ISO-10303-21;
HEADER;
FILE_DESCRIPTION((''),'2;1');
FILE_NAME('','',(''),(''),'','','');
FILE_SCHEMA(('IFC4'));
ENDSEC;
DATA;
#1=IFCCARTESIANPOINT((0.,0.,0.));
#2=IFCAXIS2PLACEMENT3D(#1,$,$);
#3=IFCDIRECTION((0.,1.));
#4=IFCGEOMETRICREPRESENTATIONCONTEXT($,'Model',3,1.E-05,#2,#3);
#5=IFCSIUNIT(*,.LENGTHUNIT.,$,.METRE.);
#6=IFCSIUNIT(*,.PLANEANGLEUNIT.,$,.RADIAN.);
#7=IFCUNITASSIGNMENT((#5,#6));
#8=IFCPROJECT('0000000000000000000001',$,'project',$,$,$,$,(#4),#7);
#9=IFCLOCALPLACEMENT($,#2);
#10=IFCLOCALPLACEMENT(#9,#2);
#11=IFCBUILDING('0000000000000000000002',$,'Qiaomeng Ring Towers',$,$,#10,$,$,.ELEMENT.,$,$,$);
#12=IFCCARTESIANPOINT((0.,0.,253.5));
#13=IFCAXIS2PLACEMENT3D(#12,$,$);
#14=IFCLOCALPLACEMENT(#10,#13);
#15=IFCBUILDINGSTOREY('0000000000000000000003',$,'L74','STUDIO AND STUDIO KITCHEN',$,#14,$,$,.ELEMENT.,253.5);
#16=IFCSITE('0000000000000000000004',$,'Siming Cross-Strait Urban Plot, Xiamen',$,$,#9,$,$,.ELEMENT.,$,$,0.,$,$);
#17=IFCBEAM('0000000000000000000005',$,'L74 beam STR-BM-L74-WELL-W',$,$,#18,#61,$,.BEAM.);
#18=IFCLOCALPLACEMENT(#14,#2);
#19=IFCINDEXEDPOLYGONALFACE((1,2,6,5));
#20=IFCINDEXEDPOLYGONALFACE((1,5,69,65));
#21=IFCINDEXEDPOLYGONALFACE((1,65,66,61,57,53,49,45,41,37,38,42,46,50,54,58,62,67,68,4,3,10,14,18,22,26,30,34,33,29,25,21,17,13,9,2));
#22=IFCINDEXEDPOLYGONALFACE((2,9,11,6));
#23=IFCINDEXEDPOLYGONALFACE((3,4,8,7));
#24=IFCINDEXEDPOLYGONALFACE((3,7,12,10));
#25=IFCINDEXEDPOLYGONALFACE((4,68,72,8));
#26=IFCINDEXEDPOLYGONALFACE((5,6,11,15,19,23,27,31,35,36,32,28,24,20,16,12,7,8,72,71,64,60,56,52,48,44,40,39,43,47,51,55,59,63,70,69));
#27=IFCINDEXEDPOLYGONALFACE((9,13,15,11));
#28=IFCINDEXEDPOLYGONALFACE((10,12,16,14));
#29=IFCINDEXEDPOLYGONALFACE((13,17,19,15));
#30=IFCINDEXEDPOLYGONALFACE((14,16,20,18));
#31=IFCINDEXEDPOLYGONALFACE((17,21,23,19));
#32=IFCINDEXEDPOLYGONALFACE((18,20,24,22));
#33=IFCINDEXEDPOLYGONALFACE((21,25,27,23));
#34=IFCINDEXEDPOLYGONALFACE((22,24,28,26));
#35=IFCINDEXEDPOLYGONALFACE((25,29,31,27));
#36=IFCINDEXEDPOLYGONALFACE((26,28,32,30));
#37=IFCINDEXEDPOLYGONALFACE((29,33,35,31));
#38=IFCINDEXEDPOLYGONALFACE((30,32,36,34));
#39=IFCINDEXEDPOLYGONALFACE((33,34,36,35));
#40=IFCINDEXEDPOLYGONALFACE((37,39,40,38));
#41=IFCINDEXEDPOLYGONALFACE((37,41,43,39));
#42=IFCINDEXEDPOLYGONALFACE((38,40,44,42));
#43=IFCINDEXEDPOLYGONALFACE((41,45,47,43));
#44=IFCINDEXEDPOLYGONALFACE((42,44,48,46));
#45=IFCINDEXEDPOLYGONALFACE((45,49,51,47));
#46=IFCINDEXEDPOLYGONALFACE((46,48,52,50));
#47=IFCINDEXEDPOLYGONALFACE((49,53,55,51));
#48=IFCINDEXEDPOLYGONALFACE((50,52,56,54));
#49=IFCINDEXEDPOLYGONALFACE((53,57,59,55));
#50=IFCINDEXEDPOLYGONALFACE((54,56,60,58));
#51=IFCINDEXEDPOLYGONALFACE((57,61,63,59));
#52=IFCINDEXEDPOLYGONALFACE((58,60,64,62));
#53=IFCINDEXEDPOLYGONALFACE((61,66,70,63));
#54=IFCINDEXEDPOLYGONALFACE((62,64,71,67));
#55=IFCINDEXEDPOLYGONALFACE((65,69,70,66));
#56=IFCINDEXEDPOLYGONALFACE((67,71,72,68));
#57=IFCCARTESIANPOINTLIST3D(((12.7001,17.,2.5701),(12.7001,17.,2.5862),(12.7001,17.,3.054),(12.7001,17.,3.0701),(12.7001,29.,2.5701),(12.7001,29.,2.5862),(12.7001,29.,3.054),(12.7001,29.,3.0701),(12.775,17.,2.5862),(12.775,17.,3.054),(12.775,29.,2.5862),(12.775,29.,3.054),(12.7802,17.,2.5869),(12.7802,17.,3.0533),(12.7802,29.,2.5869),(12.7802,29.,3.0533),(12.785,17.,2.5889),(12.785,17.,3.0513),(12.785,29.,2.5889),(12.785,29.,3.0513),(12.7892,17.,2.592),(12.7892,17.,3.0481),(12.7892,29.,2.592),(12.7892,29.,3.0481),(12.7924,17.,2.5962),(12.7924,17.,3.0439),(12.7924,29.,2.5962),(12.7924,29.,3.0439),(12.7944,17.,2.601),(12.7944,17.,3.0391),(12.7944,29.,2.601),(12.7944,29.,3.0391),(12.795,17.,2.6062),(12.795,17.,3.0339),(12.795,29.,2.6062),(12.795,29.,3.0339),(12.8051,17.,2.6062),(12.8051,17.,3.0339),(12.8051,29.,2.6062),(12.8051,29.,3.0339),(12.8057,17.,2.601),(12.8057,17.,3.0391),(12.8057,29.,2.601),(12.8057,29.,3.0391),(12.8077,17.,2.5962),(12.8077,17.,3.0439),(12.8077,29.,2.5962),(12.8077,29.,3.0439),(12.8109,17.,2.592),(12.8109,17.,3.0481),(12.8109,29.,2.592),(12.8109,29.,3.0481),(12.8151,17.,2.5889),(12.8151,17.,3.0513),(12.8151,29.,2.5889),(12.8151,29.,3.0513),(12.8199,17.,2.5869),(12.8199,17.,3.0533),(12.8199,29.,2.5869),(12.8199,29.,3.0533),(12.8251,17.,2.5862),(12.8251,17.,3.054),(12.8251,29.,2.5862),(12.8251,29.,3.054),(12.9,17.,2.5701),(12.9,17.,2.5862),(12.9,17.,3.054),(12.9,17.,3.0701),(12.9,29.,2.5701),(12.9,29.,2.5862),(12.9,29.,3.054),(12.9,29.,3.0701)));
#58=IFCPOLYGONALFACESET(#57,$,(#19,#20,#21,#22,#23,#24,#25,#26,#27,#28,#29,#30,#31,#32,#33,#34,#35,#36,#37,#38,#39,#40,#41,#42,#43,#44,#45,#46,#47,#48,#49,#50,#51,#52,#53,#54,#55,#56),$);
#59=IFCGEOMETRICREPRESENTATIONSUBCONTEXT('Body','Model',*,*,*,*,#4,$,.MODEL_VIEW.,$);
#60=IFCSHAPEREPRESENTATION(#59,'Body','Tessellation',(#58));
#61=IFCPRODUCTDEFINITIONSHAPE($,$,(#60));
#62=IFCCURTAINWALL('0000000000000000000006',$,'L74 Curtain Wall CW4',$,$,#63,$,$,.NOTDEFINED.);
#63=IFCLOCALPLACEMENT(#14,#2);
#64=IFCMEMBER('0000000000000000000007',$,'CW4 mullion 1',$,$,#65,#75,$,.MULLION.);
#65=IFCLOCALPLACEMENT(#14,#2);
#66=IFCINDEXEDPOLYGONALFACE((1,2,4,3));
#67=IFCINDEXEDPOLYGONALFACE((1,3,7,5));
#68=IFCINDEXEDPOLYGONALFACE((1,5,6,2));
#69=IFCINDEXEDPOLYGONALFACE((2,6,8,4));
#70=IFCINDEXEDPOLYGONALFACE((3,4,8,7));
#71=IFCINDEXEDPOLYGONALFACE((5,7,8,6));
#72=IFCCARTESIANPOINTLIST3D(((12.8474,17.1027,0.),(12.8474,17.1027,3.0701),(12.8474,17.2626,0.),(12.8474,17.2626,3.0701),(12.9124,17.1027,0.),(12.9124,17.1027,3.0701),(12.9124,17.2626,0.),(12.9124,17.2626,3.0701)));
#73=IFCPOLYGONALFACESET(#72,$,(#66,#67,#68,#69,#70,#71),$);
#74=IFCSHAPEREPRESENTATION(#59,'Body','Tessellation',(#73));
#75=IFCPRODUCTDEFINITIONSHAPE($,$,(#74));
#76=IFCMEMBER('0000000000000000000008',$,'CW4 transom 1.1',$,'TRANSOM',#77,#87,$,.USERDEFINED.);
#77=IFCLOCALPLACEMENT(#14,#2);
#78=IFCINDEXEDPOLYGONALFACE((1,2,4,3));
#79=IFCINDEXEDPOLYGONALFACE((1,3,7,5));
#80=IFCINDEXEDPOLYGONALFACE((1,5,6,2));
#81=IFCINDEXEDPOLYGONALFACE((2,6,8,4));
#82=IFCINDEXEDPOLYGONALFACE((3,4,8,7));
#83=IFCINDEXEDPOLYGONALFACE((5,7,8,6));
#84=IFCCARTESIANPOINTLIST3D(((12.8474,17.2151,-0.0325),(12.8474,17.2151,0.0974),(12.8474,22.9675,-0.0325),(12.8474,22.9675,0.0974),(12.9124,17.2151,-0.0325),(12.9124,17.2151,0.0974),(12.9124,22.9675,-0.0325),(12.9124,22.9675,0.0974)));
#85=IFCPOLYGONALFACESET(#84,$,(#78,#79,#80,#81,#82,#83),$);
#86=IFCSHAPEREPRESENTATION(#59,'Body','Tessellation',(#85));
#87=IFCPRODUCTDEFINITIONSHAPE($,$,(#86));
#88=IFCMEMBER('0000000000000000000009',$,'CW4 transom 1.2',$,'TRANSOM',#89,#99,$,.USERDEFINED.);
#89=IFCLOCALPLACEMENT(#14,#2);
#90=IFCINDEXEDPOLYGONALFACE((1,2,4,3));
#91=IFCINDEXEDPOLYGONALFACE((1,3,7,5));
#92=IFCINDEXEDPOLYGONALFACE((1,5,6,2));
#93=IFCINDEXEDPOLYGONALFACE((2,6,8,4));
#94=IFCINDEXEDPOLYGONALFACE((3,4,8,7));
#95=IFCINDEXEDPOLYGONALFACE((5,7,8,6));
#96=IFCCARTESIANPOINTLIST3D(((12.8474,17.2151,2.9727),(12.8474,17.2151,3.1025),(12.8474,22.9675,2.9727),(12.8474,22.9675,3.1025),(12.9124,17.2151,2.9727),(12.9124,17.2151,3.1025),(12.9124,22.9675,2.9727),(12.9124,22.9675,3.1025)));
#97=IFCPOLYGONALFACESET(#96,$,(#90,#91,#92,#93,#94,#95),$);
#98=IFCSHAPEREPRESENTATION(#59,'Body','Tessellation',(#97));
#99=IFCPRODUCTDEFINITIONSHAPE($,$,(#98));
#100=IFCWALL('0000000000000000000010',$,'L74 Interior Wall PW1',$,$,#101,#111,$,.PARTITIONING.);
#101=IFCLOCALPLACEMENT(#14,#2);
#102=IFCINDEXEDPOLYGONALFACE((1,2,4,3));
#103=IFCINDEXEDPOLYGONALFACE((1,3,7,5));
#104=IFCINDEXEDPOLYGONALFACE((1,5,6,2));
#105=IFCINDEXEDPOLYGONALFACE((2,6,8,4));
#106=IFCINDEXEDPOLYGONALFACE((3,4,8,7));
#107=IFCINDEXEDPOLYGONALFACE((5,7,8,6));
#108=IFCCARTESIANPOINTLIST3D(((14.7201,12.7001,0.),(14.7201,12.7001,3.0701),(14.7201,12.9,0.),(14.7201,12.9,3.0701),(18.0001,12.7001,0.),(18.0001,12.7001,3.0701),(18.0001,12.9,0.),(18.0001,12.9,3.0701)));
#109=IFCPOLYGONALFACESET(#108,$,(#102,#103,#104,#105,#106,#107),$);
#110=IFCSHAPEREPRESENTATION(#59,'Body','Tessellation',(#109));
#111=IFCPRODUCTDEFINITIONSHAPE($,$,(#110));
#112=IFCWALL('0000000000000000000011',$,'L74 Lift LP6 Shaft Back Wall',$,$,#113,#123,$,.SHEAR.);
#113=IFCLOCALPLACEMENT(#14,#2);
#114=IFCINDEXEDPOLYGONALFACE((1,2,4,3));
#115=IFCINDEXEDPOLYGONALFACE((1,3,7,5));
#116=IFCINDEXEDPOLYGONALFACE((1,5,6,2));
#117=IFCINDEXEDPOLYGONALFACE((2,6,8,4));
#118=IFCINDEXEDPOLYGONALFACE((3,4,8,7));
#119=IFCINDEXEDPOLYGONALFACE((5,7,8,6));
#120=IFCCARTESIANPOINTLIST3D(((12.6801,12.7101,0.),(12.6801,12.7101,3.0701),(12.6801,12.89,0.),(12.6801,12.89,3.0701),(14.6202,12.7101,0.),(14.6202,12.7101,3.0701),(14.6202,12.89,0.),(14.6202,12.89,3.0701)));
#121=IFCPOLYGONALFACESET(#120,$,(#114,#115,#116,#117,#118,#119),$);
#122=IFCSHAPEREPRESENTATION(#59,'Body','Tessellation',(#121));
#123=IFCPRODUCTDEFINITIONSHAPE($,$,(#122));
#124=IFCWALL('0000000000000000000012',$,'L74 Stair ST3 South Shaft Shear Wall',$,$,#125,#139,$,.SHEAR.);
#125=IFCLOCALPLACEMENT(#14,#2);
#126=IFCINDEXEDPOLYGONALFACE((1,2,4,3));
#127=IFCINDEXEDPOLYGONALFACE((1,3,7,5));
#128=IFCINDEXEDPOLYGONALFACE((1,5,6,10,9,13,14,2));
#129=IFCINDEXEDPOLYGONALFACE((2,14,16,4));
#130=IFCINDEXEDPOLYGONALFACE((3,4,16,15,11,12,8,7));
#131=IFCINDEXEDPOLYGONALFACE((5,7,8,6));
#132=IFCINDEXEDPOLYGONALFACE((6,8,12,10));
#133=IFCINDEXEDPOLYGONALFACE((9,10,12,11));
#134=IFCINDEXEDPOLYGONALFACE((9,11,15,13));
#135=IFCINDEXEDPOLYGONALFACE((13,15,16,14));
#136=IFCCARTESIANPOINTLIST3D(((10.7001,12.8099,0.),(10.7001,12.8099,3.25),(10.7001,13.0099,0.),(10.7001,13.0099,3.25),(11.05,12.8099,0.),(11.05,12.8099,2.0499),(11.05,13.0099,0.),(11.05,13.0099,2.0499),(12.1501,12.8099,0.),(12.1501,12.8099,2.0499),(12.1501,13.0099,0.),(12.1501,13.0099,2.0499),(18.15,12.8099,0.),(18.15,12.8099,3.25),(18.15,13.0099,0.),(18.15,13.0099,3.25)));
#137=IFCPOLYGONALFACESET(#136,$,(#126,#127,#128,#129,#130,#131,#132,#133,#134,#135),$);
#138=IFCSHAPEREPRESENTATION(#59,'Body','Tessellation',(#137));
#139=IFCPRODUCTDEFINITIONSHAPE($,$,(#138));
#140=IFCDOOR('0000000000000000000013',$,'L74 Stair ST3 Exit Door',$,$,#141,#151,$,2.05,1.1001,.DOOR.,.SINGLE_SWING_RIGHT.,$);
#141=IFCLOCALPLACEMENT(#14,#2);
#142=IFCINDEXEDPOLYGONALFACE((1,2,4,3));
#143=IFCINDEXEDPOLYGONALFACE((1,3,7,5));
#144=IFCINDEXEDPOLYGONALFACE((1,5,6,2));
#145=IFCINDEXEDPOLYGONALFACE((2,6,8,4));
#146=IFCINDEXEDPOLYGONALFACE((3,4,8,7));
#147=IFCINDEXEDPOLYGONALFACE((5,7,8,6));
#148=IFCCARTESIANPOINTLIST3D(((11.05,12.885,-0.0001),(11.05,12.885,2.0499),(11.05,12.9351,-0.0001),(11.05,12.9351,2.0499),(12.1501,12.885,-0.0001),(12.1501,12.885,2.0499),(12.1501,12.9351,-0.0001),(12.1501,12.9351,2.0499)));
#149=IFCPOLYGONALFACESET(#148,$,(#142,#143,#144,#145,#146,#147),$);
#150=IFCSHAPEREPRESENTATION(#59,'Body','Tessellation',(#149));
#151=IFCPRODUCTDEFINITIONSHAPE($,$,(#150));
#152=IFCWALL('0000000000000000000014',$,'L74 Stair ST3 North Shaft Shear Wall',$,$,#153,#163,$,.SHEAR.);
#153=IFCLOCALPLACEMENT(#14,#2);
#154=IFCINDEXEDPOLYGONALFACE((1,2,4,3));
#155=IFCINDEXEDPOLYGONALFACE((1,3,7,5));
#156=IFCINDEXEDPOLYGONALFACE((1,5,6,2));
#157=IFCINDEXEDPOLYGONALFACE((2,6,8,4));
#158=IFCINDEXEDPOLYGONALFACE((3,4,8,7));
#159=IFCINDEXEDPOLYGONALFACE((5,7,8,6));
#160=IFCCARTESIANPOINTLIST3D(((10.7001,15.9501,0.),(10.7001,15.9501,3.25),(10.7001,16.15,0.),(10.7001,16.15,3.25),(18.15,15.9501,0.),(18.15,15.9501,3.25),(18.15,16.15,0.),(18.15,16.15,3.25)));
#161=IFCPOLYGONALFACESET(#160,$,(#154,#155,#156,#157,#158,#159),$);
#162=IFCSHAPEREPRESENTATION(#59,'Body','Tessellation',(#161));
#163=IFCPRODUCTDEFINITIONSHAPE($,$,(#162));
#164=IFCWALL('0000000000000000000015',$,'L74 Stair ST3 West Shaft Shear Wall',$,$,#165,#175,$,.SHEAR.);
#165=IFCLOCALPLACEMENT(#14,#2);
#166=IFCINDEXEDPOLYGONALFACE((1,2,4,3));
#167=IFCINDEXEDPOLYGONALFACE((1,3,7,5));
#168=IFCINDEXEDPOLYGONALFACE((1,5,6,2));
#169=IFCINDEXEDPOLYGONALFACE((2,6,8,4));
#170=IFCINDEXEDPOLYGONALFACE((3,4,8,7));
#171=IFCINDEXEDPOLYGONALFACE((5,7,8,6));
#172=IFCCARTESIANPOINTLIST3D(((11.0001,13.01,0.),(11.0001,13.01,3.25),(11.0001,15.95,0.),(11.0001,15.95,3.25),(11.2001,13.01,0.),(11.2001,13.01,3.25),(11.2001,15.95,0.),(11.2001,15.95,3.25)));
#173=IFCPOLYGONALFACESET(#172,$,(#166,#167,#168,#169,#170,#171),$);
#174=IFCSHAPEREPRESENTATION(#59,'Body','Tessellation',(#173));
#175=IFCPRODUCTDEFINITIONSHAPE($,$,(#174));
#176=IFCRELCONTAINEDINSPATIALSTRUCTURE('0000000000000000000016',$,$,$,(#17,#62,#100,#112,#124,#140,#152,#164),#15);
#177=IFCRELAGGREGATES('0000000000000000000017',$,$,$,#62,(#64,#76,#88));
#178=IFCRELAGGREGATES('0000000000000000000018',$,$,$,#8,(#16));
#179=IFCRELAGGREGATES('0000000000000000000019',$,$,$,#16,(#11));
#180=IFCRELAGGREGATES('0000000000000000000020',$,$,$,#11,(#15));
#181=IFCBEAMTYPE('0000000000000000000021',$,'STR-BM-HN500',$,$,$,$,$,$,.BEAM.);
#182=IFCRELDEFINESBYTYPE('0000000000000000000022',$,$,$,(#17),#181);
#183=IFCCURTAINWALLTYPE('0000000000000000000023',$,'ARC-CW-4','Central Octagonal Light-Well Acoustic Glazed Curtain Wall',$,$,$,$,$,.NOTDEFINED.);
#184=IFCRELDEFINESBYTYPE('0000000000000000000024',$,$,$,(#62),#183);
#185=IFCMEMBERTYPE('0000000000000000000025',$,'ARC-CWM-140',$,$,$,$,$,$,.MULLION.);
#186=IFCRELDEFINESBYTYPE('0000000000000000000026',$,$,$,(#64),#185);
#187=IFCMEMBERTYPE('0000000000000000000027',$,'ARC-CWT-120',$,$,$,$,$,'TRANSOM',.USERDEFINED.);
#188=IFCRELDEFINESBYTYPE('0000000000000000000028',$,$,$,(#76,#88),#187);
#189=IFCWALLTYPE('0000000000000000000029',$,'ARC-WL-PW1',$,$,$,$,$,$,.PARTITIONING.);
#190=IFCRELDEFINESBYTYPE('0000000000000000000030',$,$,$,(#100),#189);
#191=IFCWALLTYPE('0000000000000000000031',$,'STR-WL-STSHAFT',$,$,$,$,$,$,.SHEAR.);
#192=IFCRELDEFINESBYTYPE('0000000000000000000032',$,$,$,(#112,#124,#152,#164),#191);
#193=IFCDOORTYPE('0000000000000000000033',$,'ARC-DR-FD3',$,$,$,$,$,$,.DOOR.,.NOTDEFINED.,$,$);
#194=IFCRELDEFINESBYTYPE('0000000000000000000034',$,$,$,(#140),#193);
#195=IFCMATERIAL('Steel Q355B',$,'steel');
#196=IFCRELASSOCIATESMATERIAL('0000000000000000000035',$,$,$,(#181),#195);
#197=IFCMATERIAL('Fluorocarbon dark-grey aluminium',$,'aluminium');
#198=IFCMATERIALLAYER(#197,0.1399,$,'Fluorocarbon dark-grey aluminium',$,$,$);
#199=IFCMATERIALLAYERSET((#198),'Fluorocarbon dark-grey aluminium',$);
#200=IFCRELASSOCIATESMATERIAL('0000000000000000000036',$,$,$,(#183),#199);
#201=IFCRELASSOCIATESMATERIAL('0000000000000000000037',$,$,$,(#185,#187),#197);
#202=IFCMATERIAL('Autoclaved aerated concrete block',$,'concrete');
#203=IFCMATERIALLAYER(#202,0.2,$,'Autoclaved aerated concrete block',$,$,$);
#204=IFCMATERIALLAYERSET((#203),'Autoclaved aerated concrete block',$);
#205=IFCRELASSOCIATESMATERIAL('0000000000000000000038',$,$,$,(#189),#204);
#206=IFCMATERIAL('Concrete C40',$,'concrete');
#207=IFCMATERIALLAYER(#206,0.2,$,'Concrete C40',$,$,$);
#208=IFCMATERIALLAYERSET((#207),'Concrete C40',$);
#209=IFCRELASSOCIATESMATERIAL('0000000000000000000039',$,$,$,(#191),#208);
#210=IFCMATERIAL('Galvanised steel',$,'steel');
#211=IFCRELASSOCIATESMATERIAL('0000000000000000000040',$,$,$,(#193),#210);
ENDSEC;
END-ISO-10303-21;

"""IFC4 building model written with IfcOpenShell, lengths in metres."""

from ifc_helpers import new_model, si_unit, direction, frame, frame_2d, origin, origin_2d, place, context, subcontext, project, spatial, rectangle, i_section, extrude, source, transform, mapped, material, layer, layer_set, material_profile, profile_set, type_object, element, fill, aggregate, save


model = new_model("IFC4")

# Units and contexts
model_context = context("Model", 3, precision=1e-05, world=origin(), true_north=direction((0.0, 1.0)))
body_context = subcontext(model_context, "Body", "Model", "MODEL_VIEW")
ifc_project = project(units=[si_unit("LENGTHUNIT", "METRE"), si_unit("PLANEANGLEUNIT", "RADIAN")], contexts=[model_context])

# Site, building, storey
site_placement = place(None, origin())
site = spatial("IfcSite", under=ifc_project, at=site_placement, Name="Siming Cross-Strait Urban Plot, Xiamen", CompositionType="ELEMENT", RefElevation=0.0)
building_placement = place(site_placement, origin())
building = spatial("IfcBuilding", under=site, at=building_placement, Name="Qiaomeng Ring Towers", CompositionType="ELEMENT")
storey_placement = place(building_placement, frame((0.0, 0.0, 253.5)))
storey = spatial("IfcBuildingStorey", under=building, at=storey_placement, Name="L74", Description="STUDIO AND STUDIO KITCHEN", CompositionType="ELEMENT", Elevation=253.5)

# Beam
ifc_material_1 = material(Name="Steel Q355B", Category="steel")
ifc_material_profile_1 = material_profile(ifc_material_1, i_section(OverallWidth=0.2, OverallDepth=0.5, WebThickness=0.01, FlangeThickness=0.0161, FilletRadius=0.02, at=origin_2d()), Name="HN 500x200x10x16")
ifc_profile_set_1 = profile_set([ifc_material_profile_1], Name="Steel Q355B")
beam_type = type_object("IfcBeamType", Name="STR-BM-HN500", PredefinedType="BEAM", material=ifc_profile_set_1)
shared_shape_1 = source(origin(), body_context, "Body", "SweptSolid", [
    extrude(i_section(OverallWidth=0.2, OverallDepth=0.5, WebThickness=0.01, FlangeThickness=0.0161, FilletRadius=0.02, at=origin_2d()), origin(), (0.0, 0.0, 1.0), 12.0),
])
beam_placement = place(storey_placement, frame((12.8, 17.0, 2.8201), z_axis=(0.0, 1.0, 0.0), x_axis=(-1.0, 0.0, 0.0)))
element("IfcBeam", 1, at=beam_placement, inside=storey, type_object=beam_type, Name="L74 beam STR-BM-L74-WELL-W", PredefinedType="BEAM", context=body_context, shape_type="MappedRepresentation", body=[
    mapped(shared_shape_1, transform((0.0, 0.0, 0.0), x_axis=(1.0, 0.0, 0.0), y_axis=(0.0, 1.0, 0.0), z_axis=(0.0, 0.0, 1.0), scale=1.0)),
])

# Curtain wall, members
ifc_material_2 = material(Name="Fluorocarbon dark-grey aluminium", Category="aluminium")
ifc_layer_1 = layer(ifc_material_2, 0.1399, Name="Fluorocarbon dark-grey aluminium")
ifc_layer_set_1 = layer_set([ifc_layer_1], Name="Fluorocarbon dark-grey aluminium")
curtain_wall_type = type_object("IfcCurtainWallType", Name="ARC-CW-4", Description="Central Octagonal Light-Well Acoustic Glazed Curtain Wall", PredefinedType="NOTDEFINED", material=ifc_layer_set_1)
curtain_wall_placement = place(storey_placement, origin())
curtain_wall = element("IfcCurtainWall", 2, at=curtain_wall_placement, inside=storey, type_object=curtain_wall_type, Name="L74 Curtain Wall CW4", PredefinedType="NOTDEFINED")
ifc_material_profile_2 = material_profile(ifc_material_2, rectangle(XDim=0.0649, YDim=0.1599, at=origin_2d()), Name="ALU MULL 65x160")
ifc_profile_set_2 = profile_set([ifc_material_profile_2], Name="Fluorocarbon dark-grey aluminium")
member_type_1 = type_object("IfcMemberType", Name="ARC-CWM-140", PredefinedType="MULLION", material=ifc_profile_set_2)
shared_shape_2 = source(origin(), body_context, "Body", "SweptSolid", [
    extrude(rectangle(XDim=0.0649, YDim=0.1599, at=origin_2d()), origin(), (0.0, 0.0, 1.0), 3.0701),
])
member_1_placement = place(storey_placement, frame((12.8799, 17.1826, 0.0), z_axis=(0.0, 0.0, 1.0), x_axis=(-1.0, 0.0, 0.0)))
member_1 = element("IfcMember", 3, at=member_1_placement, type_object=member_type_1, Name="CW4 mullion 1", PredefinedType="MULLION", context=body_context, shape_type="MappedRepresentation", body=[
    mapped(shared_shape_2, transform((0.0, 0.0, 0.0), x_axis=(1.0, 0.0, 0.0), y_axis=(0.0, 1.0, 0.0), z_axis=(0.0, 0.0, 1.0), scale=1.0)),
])
ifc_material_profile_3 = material_profile(ifc_material_2, rectangle(XDim=0.0649, YDim=0.1299, at=origin_2d()), Name="ALU TRAN 65x130")
ifc_profile_set_3 = profile_set([ifc_material_profile_3], Name="Fluorocarbon dark-grey aluminium")
member_type_2 = type_object("IfcMemberType", Name="ARC-CWT-120", ElementType="TRANSOM", PredefinedType="USERDEFINED", material=ifc_profile_set_3)
shared_shape_3 = source(origin(), body_context, "Body", "SweptSolid", [
    extrude(rectangle(XDim=0.0649, YDim=0.1299, at=origin_2d()), origin(), (0.0, 0.0, 1.0), 5.7524),
])
member_2_placement = place(storey_placement, frame((12.8799, 17.2151, 0.0325), z_axis=(0.0, 1.0, 0.0), x_axis=(-1.0, 0.0, 0.0)))
member_2 = element("IfcMember", 4, at=member_2_placement, type_object=member_type_2, Name="CW4 transom 1.1", ObjectType="TRANSOM", PredefinedType="USERDEFINED", context=body_context, shape_type="MappedRepresentation", body=[
    mapped(shared_shape_3, transform((0.0, 0.0, 0.0), x_axis=(1.0, 0.0, 0.0), y_axis=(0.0, 1.0, 0.0), z_axis=(0.0, 0.0, 1.0), scale=1.0)),
])
member_3_placement = place(storey_placement, frame((12.8799, 17.2151, 3.0376), z_axis=(0.0, 1.0, 0.0), x_axis=(-1.0, 0.0, 0.0)))
member_3 = element("IfcMember", 5, at=member_3_placement, type_object=member_type_2, Name="CW4 transom 1.2", ObjectType="TRANSOM", PredefinedType="USERDEFINED", context=body_context, shape_type="MappedRepresentation", body=[
    mapped(shared_shape_3, transform((0.0, 0.0, 0.0), x_axis=(1.0, 0.0, 0.0), y_axis=(0.0, 1.0, 0.0), z_axis=(0.0, 0.0, 1.0), scale=1.0)),
])
aggregate(curtain_wall, [member_1, member_2, member_3])

# Walls
ifc_material_3 = material(Name="Autoclaved aerated concrete block", Category="concrete")
ifc_layer_2 = layer(ifc_material_3, 0.2, Name="Autoclaved aerated concrete block")
ifc_layer_set_2 = layer_set([ifc_layer_2], Name="Autoclaved aerated concrete block")
wall_type_1 = type_object("IfcWallType", Name="ARC-WL-PW1", PredefinedType="PARTITIONING", material=ifc_layer_set_2)
wall_1_placement = place(storey_placement, frame((14.72, 12.8, 0.0), z_axis=(0.0, 0.0, 1.0), x_axis=(1.0, 0.0, 0.0)))
element("IfcWall", 6, at=wall_1_placement, inside=storey, type_object=wall_type_1, Name="L74 Interior Wall PW1", PredefinedType="PARTITIONING", context=body_context, shape_type="SweptSolid", body=[
    extrude(rectangle(XDim=3.28, YDim=0.2, at=frame_2d((1.6401, 0.0))), origin(), (0.0, 0.0, 1.0), 3.0701),
])
ifc_material_4 = material(Name="Concrete C40", Category="concrete")
ifc_layer_3 = layer(ifc_material_4, 0.2, Name="Concrete C40")
ifc_layer_set_3 = layer_set([ifc_layer_3], Name="Concrete C40")
wall_type_2 = type_object("IfcWallType", Name="STR-WL-STSHAFT", PredefinedType="SHEAR", material=ifc_layer_set_3)
wall_2_placement = place(storey_placement, frame((12.6799, 12.8, 0.0), z_axis=(0.0, 0.0, 1.0), x_axis=(1.0, 0.0, 0.0)))
element("IfcWall", 7, at=wall_2_placement, inside=storey, type_object=wall_type_2, Name="L74 Lift LP6 Shaft Back Wall", PredefinedType="SHEAR", context=body_context, shape_type="SweptSolid", body=[
    extrude(rectangle(XDim=1.9402, YDim=0.1799, at=frame_2d((0.9702, 0.0))), origin(), (0.0, 0.0, 1.0), 3.0701),
])

# Wall, opening, door
wall_3_placement = place(storey_placement, frame((10.7, 12.9099, 0.0), z_axis=(0.0, 0.0, 1.0), x_axis=(1.0, 0.0, 0.0)))
wall_3 = element("IfcWall", 8, at=wall_3_placement, inside=storey, type_object=wall_type_2, Name="L74 Stair ST3 South Shaft Shear Wall", PredefinedType="SHEAR", context=body_context, shape_type="SweptSolid", body=[
    extrude(rectangle(XDim=7.45, YDim=0.2, at=frame_2d((3.7251, 0.0))), origin(), (0.0, 0.0, 1.0), 3.25),
])
opening_placement = place(wall_3_placement, frame((0.3501, 0.0, 0.0)))
opening = element("IfcOpeningElement", 9, at=opening_placement, cuts=wall_3, PredefinedType="OPENING", context=body_context, shape_type="SweptSolid", body=[
    extrude(rectangle(XDim=1.1001, YDim=2.05, at=frame_2d((0.55, 1.0249))), frame((0.0, 0.1099, 0.0), z_axis=(0.0, -1.0, 0.0), x_axis=(1.0, 0.0, 0.0)), (0.0, 0.0, 1.0), 0.22),
])
ifc_material_5 = material(Name="Galvanised steel", Category="steel")
door_type = type_object("IfcDoorType", Name="ARC-DR-FD3", OperationType="NOTDEFINED", PredefinedType="DOOR", material=ifc_material_5)
shared_shape_4 = source(origin(), body_context, "Body", "SweptSolid", [
    extrude(rectangle(XDim=1.1001, YDim=2.05, at=frame_2d((0.55, 1.0249))), frame((0.0, 0.0249, 0.0), z_axis=(0.0, -1.0, 0.0), x_axis=(1.0, 0.0, 0.0)), (0.0, 0.0, 1.0), 0.05),
])
door_placement = place(opening_placement, frame((1.1001, 0.0, 0.0), z_axis=(0.0, 0.0, 1.0), x_axis=(-1.0, 0.0, 0.0)))
door = element("IfcDoor", 10, at=door_placement, inside=storey, type_object=door_type, Name="L74 Stair ST3 Exit Door", OperationType="SINGLE_SWING_RIGHT", OverallHeight=2.05, OverallWidth=1.1001, PredefinedType="DOOR", context=body_context, shape_type="MappedRepresentation", body=[
    mapped(shared_shape_4, transform((0.0, 0.0, 0.0), x_axis=(1.0, 0.0, 0.0), y_axis=(0.0, 1.0, 0.0), z_axis=(0.0, 0.0, 1.0), scale=1.0)),
])
fill(opening, door)

# Walls
wall_4_placement = place(storey_placement, frame((10.7, 16.05, 0.0), z_axis=(0.0, 0.0, 1.0), x_axis=(1.0, 0.0, 0.0)))
element("IfcWall", 11, at=wall_4_placement, inside=storey, type_object=wall_type_2, Name="L74 Stair ST3 North Shaft Shear Wall", PredefinedType="SHEAR", context=body_context, shape_type="SweptSolid", body=[
    extrude(rectangle(XDim=7.45, YDim=0.2, at=frame_2d((3.7251, 0.0))), origin(), (0.0, 0.0, 1.0), 3.25),
])
wall_5_placement = place(storey_placement, frame((11.1001, 13.01, 0.0), z_axis=(0.0, 0.0, 1.0), x_axis=(0.0, 1.0, 0.0)))
element("IfcWall", 12, at=wall_5_placement, inside=storey, type_object=wall_type_2, Name="L74 Stair ST3 West Shaft Shear Wall", PredefinedType="SHEAR", context=body_context, shape_type="SweptSolid", body=[
    extrude(rectangle(XDim=2.9399, YDim=0.2, at=frame_2d((1.47, 0.0))), origin(), (0.0, 0.0, 1.0), 3.25),
])

save(model, "model.ifc")
